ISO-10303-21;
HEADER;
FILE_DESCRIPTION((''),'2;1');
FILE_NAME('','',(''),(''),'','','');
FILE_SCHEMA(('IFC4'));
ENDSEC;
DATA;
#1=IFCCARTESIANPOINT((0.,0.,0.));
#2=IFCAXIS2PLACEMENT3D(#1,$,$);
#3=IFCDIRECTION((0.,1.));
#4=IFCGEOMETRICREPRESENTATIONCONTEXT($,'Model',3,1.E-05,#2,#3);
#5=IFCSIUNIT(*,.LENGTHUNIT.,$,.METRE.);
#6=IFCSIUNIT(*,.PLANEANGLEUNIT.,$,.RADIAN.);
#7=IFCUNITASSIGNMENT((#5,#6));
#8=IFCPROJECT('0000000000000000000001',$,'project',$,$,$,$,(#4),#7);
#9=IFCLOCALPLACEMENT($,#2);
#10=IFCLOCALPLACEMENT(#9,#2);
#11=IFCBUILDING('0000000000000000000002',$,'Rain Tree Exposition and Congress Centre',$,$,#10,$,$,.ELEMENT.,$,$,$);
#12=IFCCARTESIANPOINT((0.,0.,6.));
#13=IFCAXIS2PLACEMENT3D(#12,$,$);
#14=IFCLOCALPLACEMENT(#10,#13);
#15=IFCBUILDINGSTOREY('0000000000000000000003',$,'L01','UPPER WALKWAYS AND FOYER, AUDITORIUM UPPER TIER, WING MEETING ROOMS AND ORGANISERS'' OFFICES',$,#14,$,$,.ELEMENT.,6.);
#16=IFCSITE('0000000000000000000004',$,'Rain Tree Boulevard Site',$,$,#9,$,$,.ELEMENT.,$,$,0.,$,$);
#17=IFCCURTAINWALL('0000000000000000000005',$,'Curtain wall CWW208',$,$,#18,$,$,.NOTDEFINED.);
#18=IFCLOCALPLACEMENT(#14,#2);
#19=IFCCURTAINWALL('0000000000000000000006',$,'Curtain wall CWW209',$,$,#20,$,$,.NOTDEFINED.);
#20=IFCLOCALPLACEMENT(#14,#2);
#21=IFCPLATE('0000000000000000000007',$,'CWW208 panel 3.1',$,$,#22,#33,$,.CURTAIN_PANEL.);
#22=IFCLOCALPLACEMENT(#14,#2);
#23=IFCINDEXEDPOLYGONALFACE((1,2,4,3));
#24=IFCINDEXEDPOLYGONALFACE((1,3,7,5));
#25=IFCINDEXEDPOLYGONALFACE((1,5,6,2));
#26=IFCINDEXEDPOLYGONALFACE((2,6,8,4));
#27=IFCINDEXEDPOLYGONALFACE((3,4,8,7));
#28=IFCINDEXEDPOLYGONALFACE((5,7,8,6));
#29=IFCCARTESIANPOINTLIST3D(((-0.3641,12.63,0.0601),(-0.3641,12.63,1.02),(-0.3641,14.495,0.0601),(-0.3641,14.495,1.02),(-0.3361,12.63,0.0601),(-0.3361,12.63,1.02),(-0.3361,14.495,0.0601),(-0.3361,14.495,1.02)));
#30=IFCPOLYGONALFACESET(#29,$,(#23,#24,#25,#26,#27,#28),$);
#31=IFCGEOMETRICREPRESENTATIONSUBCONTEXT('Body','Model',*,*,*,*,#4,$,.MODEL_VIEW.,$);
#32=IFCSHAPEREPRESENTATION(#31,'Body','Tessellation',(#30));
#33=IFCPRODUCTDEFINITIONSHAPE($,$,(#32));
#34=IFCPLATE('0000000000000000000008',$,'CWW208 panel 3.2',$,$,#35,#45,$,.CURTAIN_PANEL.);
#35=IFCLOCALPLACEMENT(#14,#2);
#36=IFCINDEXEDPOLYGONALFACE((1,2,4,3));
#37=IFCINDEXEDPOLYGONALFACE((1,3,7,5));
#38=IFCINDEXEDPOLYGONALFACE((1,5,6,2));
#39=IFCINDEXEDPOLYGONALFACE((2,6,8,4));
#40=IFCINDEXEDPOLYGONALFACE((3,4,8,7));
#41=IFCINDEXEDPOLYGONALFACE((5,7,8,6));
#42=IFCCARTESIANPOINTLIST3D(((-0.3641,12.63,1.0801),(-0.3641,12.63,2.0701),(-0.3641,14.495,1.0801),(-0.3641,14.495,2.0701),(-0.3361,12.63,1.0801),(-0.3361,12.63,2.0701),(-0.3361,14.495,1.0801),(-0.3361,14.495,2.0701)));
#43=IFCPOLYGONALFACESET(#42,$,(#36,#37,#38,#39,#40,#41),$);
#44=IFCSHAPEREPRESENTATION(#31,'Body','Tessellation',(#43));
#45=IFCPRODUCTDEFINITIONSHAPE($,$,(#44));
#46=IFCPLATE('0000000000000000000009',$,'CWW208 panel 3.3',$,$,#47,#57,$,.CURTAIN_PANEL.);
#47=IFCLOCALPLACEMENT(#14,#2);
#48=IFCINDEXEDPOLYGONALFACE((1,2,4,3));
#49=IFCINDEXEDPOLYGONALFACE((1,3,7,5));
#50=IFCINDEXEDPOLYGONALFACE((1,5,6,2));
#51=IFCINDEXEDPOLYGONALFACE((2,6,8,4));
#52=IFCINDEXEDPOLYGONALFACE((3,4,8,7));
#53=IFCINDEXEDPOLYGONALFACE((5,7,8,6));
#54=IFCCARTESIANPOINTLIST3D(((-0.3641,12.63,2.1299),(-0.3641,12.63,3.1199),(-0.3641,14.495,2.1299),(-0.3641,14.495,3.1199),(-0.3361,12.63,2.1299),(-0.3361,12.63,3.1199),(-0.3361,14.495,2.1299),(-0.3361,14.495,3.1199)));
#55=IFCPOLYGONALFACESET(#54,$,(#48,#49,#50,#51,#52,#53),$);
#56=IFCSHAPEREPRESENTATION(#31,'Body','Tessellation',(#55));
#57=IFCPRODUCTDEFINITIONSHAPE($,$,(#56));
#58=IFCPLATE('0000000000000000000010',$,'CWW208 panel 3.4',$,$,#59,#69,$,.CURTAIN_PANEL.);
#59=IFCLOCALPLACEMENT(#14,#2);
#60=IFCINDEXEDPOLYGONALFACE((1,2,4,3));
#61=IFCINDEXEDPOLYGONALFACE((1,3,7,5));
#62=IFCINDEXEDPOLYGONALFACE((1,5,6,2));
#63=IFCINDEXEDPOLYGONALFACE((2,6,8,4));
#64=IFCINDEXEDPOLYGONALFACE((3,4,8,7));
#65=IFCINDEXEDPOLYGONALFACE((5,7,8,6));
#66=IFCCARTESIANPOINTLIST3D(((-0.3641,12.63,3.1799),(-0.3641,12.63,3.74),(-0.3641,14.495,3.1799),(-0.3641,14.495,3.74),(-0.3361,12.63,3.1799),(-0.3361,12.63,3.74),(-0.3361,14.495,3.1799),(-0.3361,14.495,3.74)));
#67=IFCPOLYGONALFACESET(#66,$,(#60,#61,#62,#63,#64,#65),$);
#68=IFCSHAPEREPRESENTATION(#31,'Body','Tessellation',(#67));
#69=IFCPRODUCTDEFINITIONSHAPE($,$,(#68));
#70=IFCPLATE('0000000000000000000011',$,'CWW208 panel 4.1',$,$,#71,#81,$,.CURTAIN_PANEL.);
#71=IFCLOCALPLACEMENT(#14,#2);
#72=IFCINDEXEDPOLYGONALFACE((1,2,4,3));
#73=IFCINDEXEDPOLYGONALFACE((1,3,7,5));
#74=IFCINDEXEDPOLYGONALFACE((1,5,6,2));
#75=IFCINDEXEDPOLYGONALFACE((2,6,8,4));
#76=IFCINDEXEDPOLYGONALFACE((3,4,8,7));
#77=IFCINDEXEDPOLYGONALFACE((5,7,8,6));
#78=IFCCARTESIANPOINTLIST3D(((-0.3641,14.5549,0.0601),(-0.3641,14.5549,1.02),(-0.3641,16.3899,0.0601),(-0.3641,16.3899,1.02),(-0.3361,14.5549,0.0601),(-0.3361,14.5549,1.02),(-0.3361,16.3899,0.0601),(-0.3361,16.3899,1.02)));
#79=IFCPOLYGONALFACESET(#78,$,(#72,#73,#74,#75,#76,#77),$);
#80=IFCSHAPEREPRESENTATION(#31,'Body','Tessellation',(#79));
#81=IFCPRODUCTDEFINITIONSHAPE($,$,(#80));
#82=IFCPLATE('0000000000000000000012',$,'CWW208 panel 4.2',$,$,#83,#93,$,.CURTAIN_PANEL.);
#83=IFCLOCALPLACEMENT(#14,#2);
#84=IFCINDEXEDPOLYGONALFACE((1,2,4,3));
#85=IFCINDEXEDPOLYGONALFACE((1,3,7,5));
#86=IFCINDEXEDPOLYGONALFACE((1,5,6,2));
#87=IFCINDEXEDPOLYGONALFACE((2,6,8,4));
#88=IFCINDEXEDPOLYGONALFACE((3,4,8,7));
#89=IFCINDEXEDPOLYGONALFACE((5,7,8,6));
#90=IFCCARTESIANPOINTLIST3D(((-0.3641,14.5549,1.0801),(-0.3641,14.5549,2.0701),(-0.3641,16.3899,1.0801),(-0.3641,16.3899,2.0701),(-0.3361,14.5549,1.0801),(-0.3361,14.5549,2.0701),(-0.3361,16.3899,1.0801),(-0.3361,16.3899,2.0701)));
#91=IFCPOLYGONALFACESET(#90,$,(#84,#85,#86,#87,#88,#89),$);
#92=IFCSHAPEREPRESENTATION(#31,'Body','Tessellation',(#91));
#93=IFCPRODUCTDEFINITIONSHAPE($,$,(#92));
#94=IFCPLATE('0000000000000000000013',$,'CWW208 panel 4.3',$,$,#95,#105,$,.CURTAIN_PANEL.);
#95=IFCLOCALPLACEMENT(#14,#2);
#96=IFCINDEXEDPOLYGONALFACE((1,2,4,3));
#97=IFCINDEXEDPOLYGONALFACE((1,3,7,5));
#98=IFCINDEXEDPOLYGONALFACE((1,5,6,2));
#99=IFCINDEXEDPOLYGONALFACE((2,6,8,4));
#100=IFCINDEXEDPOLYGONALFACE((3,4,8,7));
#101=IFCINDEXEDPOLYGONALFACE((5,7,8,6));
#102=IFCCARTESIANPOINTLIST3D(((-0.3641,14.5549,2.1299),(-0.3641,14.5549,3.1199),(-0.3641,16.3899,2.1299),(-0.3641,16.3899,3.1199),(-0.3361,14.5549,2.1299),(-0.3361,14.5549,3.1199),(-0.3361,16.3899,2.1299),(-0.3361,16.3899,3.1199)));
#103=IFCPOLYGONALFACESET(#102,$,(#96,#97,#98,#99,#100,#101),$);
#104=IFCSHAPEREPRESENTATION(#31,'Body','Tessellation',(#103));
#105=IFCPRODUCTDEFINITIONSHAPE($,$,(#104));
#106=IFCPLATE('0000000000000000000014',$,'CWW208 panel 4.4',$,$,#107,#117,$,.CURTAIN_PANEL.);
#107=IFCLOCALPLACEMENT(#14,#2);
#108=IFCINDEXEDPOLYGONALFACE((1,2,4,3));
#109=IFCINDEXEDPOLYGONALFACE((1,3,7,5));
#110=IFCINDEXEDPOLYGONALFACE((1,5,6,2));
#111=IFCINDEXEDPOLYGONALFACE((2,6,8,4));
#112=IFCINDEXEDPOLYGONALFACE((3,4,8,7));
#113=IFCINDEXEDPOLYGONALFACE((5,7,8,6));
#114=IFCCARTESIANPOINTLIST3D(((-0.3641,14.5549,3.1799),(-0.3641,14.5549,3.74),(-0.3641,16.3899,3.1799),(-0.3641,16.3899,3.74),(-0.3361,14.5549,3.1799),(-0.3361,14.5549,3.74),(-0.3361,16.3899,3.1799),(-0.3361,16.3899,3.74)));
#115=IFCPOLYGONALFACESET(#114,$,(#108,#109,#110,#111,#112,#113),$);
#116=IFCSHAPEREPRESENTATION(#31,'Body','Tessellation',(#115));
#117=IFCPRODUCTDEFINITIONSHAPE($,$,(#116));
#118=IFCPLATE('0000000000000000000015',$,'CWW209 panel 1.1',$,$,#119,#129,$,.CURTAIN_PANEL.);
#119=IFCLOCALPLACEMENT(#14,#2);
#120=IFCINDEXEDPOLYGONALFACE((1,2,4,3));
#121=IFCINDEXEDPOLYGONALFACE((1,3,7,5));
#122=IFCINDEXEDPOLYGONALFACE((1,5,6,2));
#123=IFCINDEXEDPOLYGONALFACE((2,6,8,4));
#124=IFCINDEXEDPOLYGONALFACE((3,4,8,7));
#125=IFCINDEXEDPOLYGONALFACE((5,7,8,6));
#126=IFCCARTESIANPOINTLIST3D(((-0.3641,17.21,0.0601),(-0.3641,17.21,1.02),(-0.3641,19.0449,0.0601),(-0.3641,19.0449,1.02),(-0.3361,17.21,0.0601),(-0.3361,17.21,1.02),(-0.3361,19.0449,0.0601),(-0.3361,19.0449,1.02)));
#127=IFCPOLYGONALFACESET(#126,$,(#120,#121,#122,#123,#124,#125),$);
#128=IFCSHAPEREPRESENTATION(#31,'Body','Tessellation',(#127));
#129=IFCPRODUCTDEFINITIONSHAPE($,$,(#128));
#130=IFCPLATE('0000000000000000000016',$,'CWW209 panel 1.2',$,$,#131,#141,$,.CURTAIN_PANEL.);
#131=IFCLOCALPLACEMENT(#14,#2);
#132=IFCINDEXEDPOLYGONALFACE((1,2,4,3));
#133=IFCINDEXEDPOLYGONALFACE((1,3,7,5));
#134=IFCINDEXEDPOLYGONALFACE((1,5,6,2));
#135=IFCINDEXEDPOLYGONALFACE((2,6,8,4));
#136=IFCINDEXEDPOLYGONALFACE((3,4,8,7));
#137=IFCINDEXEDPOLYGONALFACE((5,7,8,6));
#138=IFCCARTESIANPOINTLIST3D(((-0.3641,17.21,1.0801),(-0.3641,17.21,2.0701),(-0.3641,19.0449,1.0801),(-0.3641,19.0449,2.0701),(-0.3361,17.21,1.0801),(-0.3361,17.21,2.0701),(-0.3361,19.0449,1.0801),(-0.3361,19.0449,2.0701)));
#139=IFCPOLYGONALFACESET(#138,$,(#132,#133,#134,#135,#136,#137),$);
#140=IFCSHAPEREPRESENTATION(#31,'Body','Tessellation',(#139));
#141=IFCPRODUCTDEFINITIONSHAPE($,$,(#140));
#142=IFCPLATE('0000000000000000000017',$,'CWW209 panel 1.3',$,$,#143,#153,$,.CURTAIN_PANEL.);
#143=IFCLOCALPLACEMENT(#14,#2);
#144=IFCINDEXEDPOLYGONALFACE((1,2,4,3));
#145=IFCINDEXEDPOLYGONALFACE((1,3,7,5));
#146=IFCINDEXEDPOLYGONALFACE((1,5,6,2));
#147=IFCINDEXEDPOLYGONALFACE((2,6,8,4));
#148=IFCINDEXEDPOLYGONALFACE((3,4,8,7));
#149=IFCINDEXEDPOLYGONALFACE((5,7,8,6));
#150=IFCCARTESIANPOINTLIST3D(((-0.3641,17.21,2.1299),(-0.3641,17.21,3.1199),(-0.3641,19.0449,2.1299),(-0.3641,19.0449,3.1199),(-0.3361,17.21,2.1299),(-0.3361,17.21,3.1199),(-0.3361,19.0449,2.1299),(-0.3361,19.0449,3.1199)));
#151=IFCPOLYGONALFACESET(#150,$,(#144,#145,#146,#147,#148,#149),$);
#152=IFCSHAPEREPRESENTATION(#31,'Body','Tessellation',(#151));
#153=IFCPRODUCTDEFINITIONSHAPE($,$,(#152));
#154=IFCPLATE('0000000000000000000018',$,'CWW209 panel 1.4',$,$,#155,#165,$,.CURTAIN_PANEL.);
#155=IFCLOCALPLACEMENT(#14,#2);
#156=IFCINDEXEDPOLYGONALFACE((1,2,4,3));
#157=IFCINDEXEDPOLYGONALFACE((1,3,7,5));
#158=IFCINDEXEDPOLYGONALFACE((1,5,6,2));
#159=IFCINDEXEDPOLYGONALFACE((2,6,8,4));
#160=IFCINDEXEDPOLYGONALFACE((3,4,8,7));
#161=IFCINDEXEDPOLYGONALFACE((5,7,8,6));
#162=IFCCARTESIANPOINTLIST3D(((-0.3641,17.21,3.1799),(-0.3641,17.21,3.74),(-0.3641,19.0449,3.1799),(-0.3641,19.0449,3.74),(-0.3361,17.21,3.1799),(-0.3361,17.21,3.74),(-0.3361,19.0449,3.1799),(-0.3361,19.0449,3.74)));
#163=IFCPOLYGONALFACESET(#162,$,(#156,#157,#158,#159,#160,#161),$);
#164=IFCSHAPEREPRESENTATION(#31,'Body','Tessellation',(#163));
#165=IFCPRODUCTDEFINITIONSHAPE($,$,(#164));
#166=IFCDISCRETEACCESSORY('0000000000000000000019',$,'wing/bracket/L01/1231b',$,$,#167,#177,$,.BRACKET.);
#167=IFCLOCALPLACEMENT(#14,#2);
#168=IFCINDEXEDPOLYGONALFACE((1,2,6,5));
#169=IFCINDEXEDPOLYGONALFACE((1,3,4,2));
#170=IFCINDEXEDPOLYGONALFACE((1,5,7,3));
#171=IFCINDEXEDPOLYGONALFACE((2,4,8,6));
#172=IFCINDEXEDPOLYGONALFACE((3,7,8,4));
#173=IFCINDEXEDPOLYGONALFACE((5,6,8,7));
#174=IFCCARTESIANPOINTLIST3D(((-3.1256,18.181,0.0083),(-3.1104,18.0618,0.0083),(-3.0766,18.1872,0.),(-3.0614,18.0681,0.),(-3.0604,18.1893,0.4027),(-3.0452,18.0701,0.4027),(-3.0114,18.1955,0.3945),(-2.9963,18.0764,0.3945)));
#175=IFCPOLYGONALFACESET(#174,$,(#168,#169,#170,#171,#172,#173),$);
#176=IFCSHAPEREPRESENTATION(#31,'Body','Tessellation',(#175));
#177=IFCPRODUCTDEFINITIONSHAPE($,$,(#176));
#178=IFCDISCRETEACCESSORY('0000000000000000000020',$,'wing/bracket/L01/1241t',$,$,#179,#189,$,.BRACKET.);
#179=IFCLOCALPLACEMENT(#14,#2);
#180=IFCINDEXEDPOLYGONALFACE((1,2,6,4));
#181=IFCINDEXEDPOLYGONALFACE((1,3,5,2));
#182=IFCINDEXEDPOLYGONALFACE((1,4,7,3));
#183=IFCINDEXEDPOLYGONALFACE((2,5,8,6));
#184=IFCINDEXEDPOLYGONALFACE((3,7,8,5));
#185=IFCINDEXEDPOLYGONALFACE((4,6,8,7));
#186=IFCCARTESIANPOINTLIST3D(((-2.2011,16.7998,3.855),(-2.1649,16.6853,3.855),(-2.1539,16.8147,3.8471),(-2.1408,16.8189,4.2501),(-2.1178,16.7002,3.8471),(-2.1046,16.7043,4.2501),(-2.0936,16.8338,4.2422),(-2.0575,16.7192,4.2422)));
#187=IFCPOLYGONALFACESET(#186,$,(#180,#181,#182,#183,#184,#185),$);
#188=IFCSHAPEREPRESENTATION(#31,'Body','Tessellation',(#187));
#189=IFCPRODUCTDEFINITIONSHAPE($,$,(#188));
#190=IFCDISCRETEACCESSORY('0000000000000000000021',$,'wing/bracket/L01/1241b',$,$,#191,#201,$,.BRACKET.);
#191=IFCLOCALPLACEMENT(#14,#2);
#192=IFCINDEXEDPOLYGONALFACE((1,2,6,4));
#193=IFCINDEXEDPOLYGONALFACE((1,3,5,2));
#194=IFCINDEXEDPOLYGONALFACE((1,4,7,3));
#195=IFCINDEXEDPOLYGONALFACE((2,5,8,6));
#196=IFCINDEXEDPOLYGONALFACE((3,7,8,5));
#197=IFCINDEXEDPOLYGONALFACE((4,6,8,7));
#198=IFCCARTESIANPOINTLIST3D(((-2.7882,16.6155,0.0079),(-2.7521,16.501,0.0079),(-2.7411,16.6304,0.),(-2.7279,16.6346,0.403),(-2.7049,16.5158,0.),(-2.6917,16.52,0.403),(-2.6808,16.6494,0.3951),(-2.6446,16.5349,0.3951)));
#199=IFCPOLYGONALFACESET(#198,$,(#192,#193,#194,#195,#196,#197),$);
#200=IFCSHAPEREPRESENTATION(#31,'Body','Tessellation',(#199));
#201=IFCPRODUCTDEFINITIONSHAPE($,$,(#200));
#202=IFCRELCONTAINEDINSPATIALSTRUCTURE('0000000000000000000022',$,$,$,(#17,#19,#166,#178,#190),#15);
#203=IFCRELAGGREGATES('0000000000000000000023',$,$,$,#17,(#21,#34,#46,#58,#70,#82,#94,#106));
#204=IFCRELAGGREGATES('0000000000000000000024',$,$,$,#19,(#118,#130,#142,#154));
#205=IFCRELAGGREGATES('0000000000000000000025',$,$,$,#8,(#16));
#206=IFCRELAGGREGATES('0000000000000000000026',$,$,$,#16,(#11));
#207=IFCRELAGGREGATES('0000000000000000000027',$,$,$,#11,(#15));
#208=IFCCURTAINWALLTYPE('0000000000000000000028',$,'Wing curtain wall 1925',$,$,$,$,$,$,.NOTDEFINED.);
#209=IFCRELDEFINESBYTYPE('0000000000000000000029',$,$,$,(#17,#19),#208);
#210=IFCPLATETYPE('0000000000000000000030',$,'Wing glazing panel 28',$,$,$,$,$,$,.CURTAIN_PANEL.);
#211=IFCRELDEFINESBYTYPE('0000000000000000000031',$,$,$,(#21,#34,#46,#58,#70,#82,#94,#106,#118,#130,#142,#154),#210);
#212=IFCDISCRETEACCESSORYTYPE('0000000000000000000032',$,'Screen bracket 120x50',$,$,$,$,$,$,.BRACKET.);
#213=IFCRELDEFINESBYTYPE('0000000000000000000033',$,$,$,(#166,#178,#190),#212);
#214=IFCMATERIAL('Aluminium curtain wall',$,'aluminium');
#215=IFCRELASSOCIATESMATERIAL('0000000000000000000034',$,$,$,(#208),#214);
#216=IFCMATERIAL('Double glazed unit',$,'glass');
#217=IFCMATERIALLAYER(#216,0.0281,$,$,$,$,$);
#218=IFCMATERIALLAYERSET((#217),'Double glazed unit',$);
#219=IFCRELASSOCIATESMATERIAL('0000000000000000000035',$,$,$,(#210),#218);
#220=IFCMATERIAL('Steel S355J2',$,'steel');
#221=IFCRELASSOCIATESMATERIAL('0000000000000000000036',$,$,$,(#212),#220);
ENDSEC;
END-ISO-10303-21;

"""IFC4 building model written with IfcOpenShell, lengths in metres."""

from ifc_helpers import new_model, si_unit, direction, frame, origin, origin_2d, place, context, subcontext, project, spatial, rectangle, extrude, material, layer, layer_set, material_profile, profile_set, type_object, element, aggregate, save


model = new_model("IFC4")

# Units and contexts
model_context = context("Model", 3, precision=1e-05, world=origin(), true_north=direction((0.0, 1.0)))
body_context = subcontext(model_context, "Body", "Model", "MODEL_VIEW")
ifc_project = project(units=[si_unit("LENGTHUNIT", "METRE"), si_unit("PLANEANGLEUNIT", "RADIAN")], contexts=[model_context])

# Site, building, storey
site_placement = place(None, origin())
site = spatial("IfcSite", under=ifc_project, at=site_placement, Name="Rain Tree Boulevard Site", CompositionType="ELEMENT", RefElevation=0.0)
building_placement = place(site_placement, origin())
building = spatial("IfcBuilding", under=site, at=building_placement, Name="Rain Tree Exposition and Congress Centre", CompositionType="ELEMENT")
storey_placement = place(building_placement, frame((0.0, 0.0, 6.0)))
storey = spatial("IfcBuildingStorey", under=building, at=storey_placement, Name="L01", Description="UPPER WALKWAYS AND FOYER, AUDITORIUM UPPER TIER, WING MEETING ROOMS AND ORGANISERS' OFFICES", CompositionType="ELEMENT", Elevation=6.0)

# Curtain wall
ifc_material_1 = material(Name="Aluminium curtain wall", Category="aluminium")
curtain_wall_type = type_object("IfcCurtainWallType", Name="Wing curtain wall 1925", PredefinedType="NOTDEFINED", material=ifc_material_1)
curtain_wall_1_placement = place(storey_placement, origin())
curtain_wall_1 = element("IfcCurtainWall", 1, at=curtain_wall_1_placement, inside=storey, type_object=curtain_wall_type, Name="Curtain wall CWW208", PredefinedType="NOTDEFINED")

# Curtain wall
curtain_wall_2_placement = place(storey_placement, origin())
curtain_wall_2 = element("IfcCurtainWall", 2, at=curtain_wall_2_placement, inside=storey, type_object=curtain_wall_type, Name="Curtain wall CWW209", PredefinedType="NOTDEFINED")

# Plates
ifc_material_2 = material(Name="Double glazed unit", Category="glass")
ifc_layer_1 = layer(ifc_material_2, 0.0281)
ifc_layer_set_1 = layer_set([ifc_layer_1], Name="Double glazed unit")
plate_type = type_object("IfcPlateType", Name="Wing glazing panel 28", PredefinedType="CURTAIN_PANEL", material=ifc_layer_set_1)
plate_1_placement = place(storey_placement, frame((-0.3501, 13.5625, 0.0601), z_axis=(0.0, 0.0, 1.0), x_axis=(0.0, 1.0, 0.0)))
plate_1 = element("IfcPlate", 3, at=plate_1_placement, type_object=plate_type, Name="CWW208 panel 3.1", PredefinedType="CURTAIN_PANEL", context=body_context, shape_type="SweptSolid", body=[
    extrude(rectangle(XDim=1.865, YDim=0.0281, at=origin_2d()), origin(), (0.0, 0.0, 1.0), 0.96),
])
plate_2_placement = place(storey_placement, frame((-0.3501, 13.5625, 1.0801), z_axis=(0.0, 0.0, 1.0), x_axis=(0.0, 1.0, 0.0)))
plate_2 = element("IfcPlate", 4, at=plate_2_placement, type_object=plate_type, Name="CWW208 panel 3.2", PredefinedType="CURTAIN_PANEL", context=body_context, shape_type="SweptSolid", body=[
    extrude(rectangle(XDim=1.865, YDim=0.0281, at=origin_2d()), origin(), (0.0, 0.0, 1.0), 0.99),
])
plate_3_placement = place(storey_placement, frame((-0.3501, 13.5625, 2.1299), z_axis=(0.0, 0.0, 1.0), x_axis=(0.0, 1.0, 0.0)))
plate_3 = element("IfcPlate", 5, at=plate_3_placement, type_object=plate_type, Name="CWW208 panel 3.3", PredefinedType="CURTAIN_PANEL", context=body_context, shape_type="SweptSolid", body=[
    extrude(rectangle(XDim=1.865, YDim=0.0281, at=origin_2d()), origin(), (0.0, 0.0, 1.0), 0.99),
])
plate_4_placement = place(storey_placement, frame((-0.3501, 13.5625, 3.1799), z_axis=(0.0, 0.0, 1.0), x_axis=(0.0, 1.0, 0.0)))
plate_4 = element("IfcPlate", 6, at=plate_4_placement, type_object=plate_type, Name="CWW208 panel 3.4", PredefinedType="CURTAIN_PANEL", context=body_context, shape_type="SweptSolid", body=[
    extrude(rectangle(XDim=1.865, YDim=0.0281, at=origin_2d()), origin(), (0.0, 0.0, 1.0), 0.5601),
])
plate_5_placement = place(storey_placement, frame((-0.3501, 15.4724, 0.0601), z_axis=(0.0, 0.0, 1.0), x_axis=(0.0, 1.0, 0.0)))
plate_5 = element("IfcPlate", 7, at=plate_5_placement, type_object=plate_type, Name="CWW208 panel 4.1", PredefinedType="CURTAIN_PANEL", context=body_context, shape_type="SweptSolid", body=[
    extrude(rectangle(XDim=1.835, YDim=0.0281, at=origin_2d()), origin(), (0.0, 0.0, 1.0), 0.96),
])
plate_6_placement = place(storey_placement, frame((-0.3501, 15.4724, 1.0801), z_axis=(0.0, 0.0, 1.0), x_axis=(0.0, 1.0, 0.0)))
plate_6 = element("IfcPlate", 8, at=plate_6_placement, type_object=plate_type, Name="CWW208 panel 4.2", PredefinedType="CURTAIN_PANEL", context=body_context, shape_type="SweptSolid", body=[
    extrude(rectangle(XDim=1.835, YDim=0.0281, at=origin_2d()), origin(), (0.0, 0.0, 1.0), 0.99),
])
plate_7_placement = place(storey_placement, frame((-0.3501, 15.4724, 2.1299), z_axis=(0.0, 0.0, 1.0), x_axis=(0.0, 1.0, 0.0)))
plate_7 = element("IfcPlate", 9, at=plate_7_placement, type_object=plate_type, Name="CWW208 panel 4.3", PredefinedType="CURTAIN_PANEL", context=body_context, shape_type="SweptSolid", body=[
    extrude(rectangle(XDim=1.835, YDim=0.0281, at=origin_2d()), origin(), (0.0, 0.0, 1.0), 0.99),
])
plate_8_placement = place(storey_placement, frame((-0.3501, 15.4724, 3.1799), z_axis=(0.0, 0.0, 1.0), x_axis=(0.0, 1.0, 0.0)))
plate_8 = element("IfcPlate", 10, at=plate_8_placement, type_object=plate_type, Name="CWW208 panel 4.4", PredefinedType="CURTAIN_PANEL", context=body_context, shape_type="SweptSolid", body=[
    extrude(rectangle(XDim=1.835, YDim=0.0281, at=origin_2d()), origin(), (0.0, 0.0, 1.0), 0.5601),
])
aggregate(curtain_wall_1, [plate_1, plate_2, plate_3, plate_4, plate_5, plate_6, plate_7, plate_8])
plate_9_placement = place(storey_placement, frame((-0.3501, 18.1274, 0.0601), z_axis=(0.0, 0.0, 1.0), x_axis=(0.0, 1.0, 0.0)))
plate_9 = element("IfcPlate", 11, at=plate_9_placement, type_object=plate_type, Name="CWW209 panel 1.1", PredefinedType="CURTAIN_PANEL", context=body_context, shape_type="SweptSolid", body=[
    extrude(rectangle(XDim=1.835, YDim=0.0281, at=origin_2d()), origin(), (0.0, 0.0, 1.0), 0.96),
])
plate_10_placement = place(storey_placement, frame((-0.3501, 18.1274, 1.0801), z_axis=(0.0, 0.0, 1.0), x_axis=(0.0, 1.0, 0.0)))
plate_10 = element("IfcPlate", 12, at=plate_10_placement, type_object=plate_type, Name="CWW209 panel 1.2", PredefinedType="CURTAIN_PANEL", context=body_context, shape_type="SweptSolid", body=[
    extrude(rectangle(XDim=1.835, YDim=0.0281, at=origin_2d()), origin(), (0.0, 0.0, 1.0), 0.99),
])
plate_11_placement = place(storey_placement, frame((-0.3501, 18.1274, 2.1299), z_axis=(0.0, 0.0, 1.0), x_axis=(0.0, 1.0, 0.0)))
plate_11 = element("IfcPlate", 13, at=plate_11_placement, type_object=plate_type, Name="CWW209 panel 1.3", PredefinedType="CURTAIN_PANEL", context=body_context, shape_type="SweptSolid", body=[
    extrude(rectangle(XDim=1.835, YDim=0.0281, at=origin_2d()), origin(), (0.0, 0.0, 1.0), 0.99),
])
plate_12_placement = place(storey_placement, frame((-0.3501, 18.1274, 3.1799), z_axis=(0.0, 0.0, 1.0), x_axis=(0.0, 1.0, 0.0)))
plate_12 = element("IfcPlate", 14, at=plate_12_placement, type_object=plate_type, Name="CWW209 panel 1.4", PredefinedType="CURTAIN_PANEL", context=body_context, shape_type="SweptSolid", body=[
    extrude(rectangle(XDim=1.835, YDim=0.0281, at=origin_2d()), origin(), (0.0, 0.0, 1.0), 0.5601),
])
aggregate(curtain_wall_2, [plate_9, plate_10, plate_11, plate_12])

# Discrete accessories
ifc_material_3 = material(Name="Steel S355J2", Category="steel")
ifc_material_profile_1 = material_profile(ifc_material_3, rectangle(XDim=0.1201, YDim=0.05, at=origin_2d()), Name="Flat bar 120x50")
ifc_profile_set_1 = profile_set([ifc_material_profile_1], Name="Steel S355J2")
discrete_accessory_type = type_object("IfcDiscreteAccessoryType", Name="Screen bracket 120x50", PredefinedType="BRACKET", material=ifc_profile_set_1)
discrete_accessory_placement = place(storey_placement, frame((-3.0935, 18.1245, 0.0042), z_axis=(0.162978, 0.020754, 0.986411), x_axis=(-0.126321, 0.991989, 0.0)))
element("IfcDiscreteAccessory", 15, at=discrete_accessory_placement, inside=storey, type_object=discrete_accessory_type, Name="wing/bracket/L01/1231b", PredefinedType="BRACKET", context=body_context, shape_type="SweptSolid", body=[
    extrude(rectangle(XDim=0.1201, YDim=0.05, at=origin_2d()), origin(), (0.0, 0.0, 1.0), 0.3999),
])
for number, where, z_axis, x_axis, name in (
    (16, (-2.1594, 16.75, 3.8511), (0.150738, 0.047602, 0.987427), (-0.301131, 0.953583, 0.0), "wing/bracket/L01/1241t"),
    (17, (-2.7466, 16.5657, 0.0039), (0.150738, 0.047602, 0.987427), (-0.301131, 0.953583, 0.0), "wing/bracket/L01/1241b"),
):
    element("IfcDiscreteAccessory", number, at=place(storey_placement, frame(where, z_axis=z_axis, x_axis=x_axis)), inside=storey, type_object=discrete_accessory_type, Name=name, PredefinedType="BRACKET", context=body_context, shape_type="SweptSolid", body=[
        extrude(rectangle(XDim=0.1201, YDim=0.05, at=origin_2d()), origin(), (0.0, 0.0, 1.0), 0.4001),
    ])

save(model, "model.ifc")
